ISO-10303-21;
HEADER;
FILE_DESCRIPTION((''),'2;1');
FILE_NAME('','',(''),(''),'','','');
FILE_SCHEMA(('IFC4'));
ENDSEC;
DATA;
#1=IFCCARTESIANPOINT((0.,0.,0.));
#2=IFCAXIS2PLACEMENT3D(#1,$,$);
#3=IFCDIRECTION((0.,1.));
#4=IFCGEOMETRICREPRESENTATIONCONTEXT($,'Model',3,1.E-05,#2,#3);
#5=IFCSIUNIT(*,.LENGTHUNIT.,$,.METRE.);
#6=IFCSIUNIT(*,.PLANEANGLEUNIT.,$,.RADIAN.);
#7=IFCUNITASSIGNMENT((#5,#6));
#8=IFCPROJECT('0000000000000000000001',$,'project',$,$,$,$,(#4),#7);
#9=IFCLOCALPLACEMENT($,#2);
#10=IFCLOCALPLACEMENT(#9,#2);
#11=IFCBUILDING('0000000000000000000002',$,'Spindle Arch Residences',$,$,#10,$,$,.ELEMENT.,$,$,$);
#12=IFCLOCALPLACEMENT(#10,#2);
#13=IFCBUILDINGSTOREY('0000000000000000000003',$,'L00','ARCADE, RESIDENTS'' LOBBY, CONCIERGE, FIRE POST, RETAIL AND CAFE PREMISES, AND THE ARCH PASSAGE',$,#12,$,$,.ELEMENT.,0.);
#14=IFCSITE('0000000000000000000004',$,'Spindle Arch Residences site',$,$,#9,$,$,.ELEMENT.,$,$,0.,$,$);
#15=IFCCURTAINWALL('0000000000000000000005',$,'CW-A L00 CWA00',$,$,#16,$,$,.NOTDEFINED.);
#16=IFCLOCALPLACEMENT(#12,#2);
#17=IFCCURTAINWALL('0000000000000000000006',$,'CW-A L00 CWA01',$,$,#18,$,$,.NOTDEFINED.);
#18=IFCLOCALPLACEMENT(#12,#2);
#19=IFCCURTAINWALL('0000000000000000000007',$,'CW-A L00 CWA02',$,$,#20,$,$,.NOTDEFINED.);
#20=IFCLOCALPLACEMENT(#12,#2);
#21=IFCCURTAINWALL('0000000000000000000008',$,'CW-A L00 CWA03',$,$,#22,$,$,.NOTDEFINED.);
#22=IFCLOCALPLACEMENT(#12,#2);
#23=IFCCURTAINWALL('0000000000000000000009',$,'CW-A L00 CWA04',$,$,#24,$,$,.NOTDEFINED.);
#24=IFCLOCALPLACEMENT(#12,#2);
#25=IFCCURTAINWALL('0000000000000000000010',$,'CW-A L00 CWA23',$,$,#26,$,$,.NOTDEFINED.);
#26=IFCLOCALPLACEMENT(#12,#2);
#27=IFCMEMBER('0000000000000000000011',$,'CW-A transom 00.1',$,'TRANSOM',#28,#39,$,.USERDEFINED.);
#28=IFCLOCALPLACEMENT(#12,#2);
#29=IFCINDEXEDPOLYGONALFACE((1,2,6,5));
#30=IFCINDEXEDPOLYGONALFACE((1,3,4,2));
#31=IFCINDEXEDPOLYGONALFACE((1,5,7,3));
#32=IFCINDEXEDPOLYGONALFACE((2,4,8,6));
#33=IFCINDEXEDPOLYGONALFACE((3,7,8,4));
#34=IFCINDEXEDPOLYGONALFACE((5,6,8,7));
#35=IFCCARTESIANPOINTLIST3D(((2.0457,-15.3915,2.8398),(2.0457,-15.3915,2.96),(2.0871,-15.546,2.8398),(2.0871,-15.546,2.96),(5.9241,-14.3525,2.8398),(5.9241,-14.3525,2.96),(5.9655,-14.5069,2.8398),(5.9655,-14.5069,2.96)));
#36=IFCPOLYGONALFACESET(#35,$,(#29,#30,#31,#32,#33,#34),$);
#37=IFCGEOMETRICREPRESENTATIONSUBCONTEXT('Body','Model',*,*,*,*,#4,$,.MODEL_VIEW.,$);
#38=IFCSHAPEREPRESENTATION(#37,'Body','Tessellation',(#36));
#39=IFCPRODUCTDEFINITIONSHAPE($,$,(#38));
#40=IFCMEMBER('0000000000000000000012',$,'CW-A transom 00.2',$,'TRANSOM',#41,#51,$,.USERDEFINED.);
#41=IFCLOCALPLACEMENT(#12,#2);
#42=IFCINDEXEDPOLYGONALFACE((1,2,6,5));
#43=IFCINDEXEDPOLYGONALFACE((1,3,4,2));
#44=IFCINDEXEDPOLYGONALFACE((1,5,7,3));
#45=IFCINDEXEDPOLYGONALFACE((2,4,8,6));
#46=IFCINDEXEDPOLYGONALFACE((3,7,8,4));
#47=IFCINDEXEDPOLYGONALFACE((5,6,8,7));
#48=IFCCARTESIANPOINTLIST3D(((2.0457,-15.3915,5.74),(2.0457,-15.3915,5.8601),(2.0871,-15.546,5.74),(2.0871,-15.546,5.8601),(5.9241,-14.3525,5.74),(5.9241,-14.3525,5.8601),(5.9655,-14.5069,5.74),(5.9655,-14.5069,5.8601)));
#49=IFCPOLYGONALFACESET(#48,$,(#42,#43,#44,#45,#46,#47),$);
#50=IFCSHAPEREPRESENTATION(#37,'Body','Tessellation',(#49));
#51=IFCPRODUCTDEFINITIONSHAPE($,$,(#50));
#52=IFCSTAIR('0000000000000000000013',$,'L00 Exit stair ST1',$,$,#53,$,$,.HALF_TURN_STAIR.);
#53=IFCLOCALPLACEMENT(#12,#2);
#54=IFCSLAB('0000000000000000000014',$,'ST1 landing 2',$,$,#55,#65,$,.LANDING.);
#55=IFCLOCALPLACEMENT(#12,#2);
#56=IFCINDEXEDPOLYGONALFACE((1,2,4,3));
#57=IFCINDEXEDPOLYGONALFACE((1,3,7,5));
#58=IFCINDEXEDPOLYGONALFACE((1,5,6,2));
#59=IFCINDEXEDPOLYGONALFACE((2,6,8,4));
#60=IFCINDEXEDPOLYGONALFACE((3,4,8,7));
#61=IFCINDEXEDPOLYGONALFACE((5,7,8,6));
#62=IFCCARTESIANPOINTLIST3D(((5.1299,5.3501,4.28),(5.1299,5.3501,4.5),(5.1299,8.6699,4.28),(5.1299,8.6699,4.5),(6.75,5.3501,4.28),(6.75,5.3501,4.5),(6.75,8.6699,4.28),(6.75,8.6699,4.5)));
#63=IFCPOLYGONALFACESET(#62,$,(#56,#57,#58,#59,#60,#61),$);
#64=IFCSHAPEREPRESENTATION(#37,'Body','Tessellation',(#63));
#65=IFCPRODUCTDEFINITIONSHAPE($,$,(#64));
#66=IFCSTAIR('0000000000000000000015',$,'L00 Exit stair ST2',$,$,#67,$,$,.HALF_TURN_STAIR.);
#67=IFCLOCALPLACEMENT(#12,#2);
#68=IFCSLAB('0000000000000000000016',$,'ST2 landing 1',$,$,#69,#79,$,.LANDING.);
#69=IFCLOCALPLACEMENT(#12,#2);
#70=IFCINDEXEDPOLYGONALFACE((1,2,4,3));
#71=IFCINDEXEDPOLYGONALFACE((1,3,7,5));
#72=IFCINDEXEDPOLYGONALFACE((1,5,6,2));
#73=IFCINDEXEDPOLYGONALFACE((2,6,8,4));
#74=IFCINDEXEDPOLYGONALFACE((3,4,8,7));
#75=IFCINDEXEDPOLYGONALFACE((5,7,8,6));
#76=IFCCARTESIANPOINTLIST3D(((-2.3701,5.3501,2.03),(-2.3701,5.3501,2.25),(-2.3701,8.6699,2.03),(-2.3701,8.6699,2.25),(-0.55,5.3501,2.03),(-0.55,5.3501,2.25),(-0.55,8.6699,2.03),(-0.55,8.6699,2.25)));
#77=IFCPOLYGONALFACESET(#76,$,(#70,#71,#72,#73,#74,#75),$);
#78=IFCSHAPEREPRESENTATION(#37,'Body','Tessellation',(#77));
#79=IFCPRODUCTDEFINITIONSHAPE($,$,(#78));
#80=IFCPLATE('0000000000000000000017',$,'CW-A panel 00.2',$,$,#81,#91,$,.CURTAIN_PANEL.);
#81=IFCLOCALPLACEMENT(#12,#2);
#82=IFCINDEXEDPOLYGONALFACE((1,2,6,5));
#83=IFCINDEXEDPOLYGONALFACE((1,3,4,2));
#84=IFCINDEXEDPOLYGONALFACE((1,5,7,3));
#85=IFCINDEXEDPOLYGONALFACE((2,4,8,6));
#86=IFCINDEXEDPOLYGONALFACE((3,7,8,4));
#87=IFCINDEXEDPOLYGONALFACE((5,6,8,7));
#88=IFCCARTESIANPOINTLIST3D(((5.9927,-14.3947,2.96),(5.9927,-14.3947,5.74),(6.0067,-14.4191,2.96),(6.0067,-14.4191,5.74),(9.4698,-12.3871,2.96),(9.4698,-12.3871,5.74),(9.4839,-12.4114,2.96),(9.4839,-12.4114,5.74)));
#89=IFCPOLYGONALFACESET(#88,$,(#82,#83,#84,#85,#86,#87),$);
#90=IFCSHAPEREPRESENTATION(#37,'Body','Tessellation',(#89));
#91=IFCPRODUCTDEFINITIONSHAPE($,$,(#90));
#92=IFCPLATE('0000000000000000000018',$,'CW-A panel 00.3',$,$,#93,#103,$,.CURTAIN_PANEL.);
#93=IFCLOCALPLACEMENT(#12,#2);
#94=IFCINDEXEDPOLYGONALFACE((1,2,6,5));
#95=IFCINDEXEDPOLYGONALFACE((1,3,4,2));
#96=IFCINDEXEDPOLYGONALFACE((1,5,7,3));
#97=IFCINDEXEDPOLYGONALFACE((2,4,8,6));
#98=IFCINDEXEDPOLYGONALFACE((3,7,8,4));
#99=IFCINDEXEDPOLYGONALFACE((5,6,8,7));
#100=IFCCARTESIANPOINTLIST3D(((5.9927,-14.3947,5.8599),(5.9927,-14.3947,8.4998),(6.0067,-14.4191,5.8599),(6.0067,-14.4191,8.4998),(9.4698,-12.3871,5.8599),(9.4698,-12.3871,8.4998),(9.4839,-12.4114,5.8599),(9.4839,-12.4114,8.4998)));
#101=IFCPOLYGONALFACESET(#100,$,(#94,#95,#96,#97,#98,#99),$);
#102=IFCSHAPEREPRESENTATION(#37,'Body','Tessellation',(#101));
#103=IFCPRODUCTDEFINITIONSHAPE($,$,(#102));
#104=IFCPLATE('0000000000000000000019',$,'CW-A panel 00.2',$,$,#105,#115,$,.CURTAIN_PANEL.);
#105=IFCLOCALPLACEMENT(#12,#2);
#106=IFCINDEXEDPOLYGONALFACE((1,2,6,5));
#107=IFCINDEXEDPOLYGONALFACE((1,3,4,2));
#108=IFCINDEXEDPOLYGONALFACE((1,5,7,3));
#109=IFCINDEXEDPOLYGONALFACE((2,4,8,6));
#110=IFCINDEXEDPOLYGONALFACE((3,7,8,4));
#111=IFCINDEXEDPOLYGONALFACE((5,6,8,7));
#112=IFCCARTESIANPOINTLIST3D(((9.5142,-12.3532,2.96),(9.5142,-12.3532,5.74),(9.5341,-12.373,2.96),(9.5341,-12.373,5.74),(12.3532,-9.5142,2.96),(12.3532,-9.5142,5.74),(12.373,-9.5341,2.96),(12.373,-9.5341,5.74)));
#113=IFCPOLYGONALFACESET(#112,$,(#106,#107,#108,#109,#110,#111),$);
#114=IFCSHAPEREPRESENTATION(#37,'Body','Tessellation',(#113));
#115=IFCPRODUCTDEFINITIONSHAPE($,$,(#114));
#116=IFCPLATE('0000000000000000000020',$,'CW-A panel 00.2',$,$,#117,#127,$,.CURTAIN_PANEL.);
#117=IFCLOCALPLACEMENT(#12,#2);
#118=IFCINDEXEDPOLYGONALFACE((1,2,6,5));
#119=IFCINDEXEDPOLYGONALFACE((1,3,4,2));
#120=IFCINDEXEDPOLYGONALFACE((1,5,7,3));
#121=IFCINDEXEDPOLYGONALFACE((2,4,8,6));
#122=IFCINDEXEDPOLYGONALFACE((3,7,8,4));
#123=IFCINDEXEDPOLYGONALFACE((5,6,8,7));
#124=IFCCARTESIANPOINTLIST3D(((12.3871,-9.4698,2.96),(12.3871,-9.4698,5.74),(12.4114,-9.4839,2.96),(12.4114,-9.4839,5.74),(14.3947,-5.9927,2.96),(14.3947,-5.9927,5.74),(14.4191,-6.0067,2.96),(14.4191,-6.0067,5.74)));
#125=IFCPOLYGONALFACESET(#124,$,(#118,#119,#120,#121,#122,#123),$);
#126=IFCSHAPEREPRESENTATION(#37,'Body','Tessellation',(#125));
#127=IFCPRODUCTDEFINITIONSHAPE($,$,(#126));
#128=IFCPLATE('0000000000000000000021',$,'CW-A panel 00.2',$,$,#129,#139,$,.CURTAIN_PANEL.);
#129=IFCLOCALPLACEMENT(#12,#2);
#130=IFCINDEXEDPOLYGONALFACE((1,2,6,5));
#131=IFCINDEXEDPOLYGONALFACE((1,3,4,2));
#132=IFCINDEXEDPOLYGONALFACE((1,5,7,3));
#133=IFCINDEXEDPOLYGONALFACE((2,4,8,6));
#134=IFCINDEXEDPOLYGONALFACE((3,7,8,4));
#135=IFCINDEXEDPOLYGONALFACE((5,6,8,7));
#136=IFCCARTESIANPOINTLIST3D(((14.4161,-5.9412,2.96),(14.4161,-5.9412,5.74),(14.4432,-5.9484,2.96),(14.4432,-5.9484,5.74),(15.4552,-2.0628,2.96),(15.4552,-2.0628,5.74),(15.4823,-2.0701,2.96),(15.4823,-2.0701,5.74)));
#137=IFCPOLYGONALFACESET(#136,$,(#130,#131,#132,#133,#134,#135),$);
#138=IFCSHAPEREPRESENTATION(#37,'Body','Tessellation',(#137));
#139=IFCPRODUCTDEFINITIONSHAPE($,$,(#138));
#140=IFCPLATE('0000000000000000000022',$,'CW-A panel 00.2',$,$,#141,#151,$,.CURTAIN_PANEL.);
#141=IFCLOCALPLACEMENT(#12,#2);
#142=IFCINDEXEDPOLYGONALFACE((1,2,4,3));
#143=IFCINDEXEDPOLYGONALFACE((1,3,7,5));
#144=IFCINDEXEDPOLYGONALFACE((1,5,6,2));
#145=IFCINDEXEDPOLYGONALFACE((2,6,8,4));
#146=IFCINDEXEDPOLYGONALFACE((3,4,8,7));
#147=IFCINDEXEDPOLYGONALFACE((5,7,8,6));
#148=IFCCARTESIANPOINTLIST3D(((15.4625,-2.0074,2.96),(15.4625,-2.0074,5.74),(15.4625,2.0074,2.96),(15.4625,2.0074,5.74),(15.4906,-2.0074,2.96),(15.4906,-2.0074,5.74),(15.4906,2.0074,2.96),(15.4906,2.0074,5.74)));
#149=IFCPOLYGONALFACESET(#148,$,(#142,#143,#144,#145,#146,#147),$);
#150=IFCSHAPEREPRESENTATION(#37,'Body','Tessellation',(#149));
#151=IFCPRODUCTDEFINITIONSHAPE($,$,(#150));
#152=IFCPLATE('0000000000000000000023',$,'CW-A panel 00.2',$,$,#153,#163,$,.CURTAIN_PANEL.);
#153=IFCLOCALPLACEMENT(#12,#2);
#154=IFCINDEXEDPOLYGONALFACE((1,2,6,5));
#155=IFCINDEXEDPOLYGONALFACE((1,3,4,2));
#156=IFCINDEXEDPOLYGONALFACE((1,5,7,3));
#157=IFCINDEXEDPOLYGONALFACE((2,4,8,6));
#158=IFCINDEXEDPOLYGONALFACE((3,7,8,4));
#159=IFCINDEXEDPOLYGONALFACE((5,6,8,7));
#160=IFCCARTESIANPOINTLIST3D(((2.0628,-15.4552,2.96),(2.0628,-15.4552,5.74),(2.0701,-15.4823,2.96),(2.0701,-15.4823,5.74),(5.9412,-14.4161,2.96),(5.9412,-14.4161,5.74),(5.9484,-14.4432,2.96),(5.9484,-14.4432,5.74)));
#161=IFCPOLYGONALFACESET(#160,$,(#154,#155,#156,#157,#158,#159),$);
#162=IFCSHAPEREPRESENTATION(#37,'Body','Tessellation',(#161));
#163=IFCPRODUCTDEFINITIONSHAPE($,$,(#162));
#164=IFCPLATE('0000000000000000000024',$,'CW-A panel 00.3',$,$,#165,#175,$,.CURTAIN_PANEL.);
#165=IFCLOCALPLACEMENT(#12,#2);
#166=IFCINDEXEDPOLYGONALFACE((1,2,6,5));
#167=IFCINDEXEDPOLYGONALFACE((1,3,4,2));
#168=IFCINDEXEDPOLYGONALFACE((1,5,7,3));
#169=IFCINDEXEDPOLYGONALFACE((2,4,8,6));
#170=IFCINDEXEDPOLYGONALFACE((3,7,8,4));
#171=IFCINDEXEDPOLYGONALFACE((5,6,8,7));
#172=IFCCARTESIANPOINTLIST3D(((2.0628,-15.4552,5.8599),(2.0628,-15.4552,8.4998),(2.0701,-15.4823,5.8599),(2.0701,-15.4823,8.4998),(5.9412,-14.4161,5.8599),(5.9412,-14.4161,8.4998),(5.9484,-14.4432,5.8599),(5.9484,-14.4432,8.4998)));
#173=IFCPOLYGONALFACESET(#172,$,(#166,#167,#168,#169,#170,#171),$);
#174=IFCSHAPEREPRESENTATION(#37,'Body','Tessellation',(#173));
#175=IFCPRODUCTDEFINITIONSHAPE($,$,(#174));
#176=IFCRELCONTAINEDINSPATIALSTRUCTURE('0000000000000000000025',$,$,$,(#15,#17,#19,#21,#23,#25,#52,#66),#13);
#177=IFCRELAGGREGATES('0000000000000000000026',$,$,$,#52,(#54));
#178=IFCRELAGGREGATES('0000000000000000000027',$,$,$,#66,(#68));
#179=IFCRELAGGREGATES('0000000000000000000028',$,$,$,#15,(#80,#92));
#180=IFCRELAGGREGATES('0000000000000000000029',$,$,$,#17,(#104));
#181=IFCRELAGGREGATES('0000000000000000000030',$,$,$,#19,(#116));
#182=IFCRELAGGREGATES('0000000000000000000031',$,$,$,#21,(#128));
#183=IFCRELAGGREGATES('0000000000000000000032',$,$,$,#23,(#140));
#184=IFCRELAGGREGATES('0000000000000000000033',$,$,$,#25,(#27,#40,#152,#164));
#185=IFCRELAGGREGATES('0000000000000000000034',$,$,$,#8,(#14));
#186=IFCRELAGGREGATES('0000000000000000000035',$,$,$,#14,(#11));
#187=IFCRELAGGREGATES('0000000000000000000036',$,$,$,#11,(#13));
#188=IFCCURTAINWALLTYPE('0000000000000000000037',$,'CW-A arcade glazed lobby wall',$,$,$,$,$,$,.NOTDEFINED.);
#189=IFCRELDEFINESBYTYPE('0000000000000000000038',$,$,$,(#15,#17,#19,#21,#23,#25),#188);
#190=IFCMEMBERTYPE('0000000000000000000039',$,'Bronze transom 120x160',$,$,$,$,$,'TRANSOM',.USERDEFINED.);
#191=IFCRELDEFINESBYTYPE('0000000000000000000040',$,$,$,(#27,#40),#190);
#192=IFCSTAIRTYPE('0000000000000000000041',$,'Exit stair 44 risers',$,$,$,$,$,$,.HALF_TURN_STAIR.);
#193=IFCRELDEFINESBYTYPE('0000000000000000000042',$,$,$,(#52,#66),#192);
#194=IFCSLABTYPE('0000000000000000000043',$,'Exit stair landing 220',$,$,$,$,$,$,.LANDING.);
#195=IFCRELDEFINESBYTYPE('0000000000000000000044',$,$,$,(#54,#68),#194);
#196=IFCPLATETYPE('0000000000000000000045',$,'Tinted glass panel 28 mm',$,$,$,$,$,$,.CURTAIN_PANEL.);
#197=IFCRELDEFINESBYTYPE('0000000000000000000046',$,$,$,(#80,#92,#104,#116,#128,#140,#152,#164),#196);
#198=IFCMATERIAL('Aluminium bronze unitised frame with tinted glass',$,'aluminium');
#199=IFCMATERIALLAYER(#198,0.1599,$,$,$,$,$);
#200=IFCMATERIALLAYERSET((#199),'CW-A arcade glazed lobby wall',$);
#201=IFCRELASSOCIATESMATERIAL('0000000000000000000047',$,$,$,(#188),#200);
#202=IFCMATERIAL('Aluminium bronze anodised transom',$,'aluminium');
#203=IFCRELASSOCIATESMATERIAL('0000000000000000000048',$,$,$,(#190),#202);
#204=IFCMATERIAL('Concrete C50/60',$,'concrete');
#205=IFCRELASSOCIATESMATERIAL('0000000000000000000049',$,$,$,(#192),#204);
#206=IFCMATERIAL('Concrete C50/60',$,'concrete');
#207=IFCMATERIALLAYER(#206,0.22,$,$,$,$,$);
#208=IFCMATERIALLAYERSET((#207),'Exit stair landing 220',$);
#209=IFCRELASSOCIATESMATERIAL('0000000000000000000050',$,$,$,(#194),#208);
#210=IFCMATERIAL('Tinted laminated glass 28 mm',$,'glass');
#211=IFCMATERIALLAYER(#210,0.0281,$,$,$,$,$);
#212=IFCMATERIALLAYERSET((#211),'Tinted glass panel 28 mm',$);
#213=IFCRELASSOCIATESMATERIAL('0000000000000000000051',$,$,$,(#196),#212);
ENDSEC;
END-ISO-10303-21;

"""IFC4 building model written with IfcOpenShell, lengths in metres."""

from ifc_helpers import new_model, si_unit, direction, frame, origin, origin_2d, place, context, subcontext, project, spatial, polyline, rectangle, outline, extrude, material, layer, layer_set, material_profile, profile_set, type_object, element, aggregate, save


model = new_model("IFC4")

# Units and contexts
model_context = context("Model", 3, precision=1e-05, world=origin(), true_north=direction((0.0, 1.0)))
body_context = subcontext(model_context, "Body", "Model", "MODEL_VIEW")
ifc_project = project(units=[si_unit("LENGTHUNIT", "METRE"), si_unit("PLANEANGLEUNIT", "RADIAN")], contexts=[model_context])

# Site, building, storey
site_placement = place(None, origin())
site = spatial("IfcSite", under=ifc_project, at=site_placement, Name="Spindle Arch Residences site", CompositionType="ELEMENT", RefElevation=0.0)
building_placement = place(site_placement, origin())
building = spatial("IfcBuilding", under=site, at=building_placement, Name="Spindle Arch Residences", CompositionType="ELEMENT")
storey_placement = place(building_placement, origin())
storey = spatial("IfcBuildingStorey", under=building, at=storey_placement, Name="L00", Description="ARCADE, RESIDENTS' LOBBY, CONCIERGE, FIRE POST, RETAIL AND CAFE PREMISES, AND THE ARCH PASSAGE", CompositionType="ELEMENT", Elevation=0.0)

# Curtain walls, members
ifc_material_1 = material(Name="Aluminium bronze unitised frame with tinted glass", Category="aluminium")
ifc_layer_1 = layer(ifc_material_1, 0.1599)
ifc_layer_set_1 = layer_set([ifc_layer_1], Name="CW-A arcade glazed lobby wall")
curtain_wall_type = type_object("IfcCurtainWallType", Name="CW-A arcade glazed lobby wall", PredefinedType="NOTDEFINED", material=ifc_layer_set_1)
curtain_wall_1_placement = place(storey_placement, origin())
curtain_wall_1 = element("IfcCurtainWall", 1, at=curtain_wall_1_placement, inside=storey, type_object=curtain_wall_type, Name="CW-A L00 CWA00", PredefinedType="NOTDEFINED")
ifc_material_2 = material(Name="Aluminium bronze anodised transom", Category="aluminium")
ifc_material_profile_1 = material_profile(ifc_material_2, rectangle(XDim=0.1599, YDim=0.1201, at=origin_2d()), Name="TR 120x160")
ifc_profile_set_1 = profile_set([ifc_material_profile_1], Name="Aluminium bronze anodised transom")
member_type_1 = type_object("IfcMemberType", Name="Bronze transom 120x160", ElementType="TRANSOM", PredefinedType="USERDEFINED", material=ifc_profile_set_1)
curtain_wall_2_placement = place(storey_placement, origin())
curtain_wall_2 = element("IfcCurtainWall", 2, at=curtain_wall_2_placement, inside=storey, type_object=curtain_wall_type, Name="CW-A L00 CWA01", PredefinedType="NOTDEFINED")
curtain_wall_3_placement = place(storey_placement, origin())
curtain_wall_3 = element("IfcCurtainWall", 3, at=curtain_wall_3_placement, inside=storey, type_object=curtain_wall_type, Name="CW-A L00 CWA02", PredefinedType="NOTDEFINED")
curtain_wall_4_placement = place(storey_placement, origin())
curtain_wall_4 = element("IfcCurtainWall", 4, at=curtain_wall_4_placement, inside=storey, type_object=curtain_wall_type, Name="CW-A L00 CWA03", PredefinedType="NOTDEFINED")
curtain_wall_5_placement = place(storey_placement, origin())
curtain_wall_5 = element("IfcCurtainWall", 5, at=curtain_wall_5_placement, inside=storey, type_object=curtain_wall_type, Name="CW-A L00 CWA04", PredefinedType="NOTDEFINED")
curtain_wall_6_placement = place(storey_placement, origin())
curtain_wall_6 = element("IfcCurtainWall", 6, at=curtain_wall_6_placement, inside=storey, type_object=curtain_wall_type, Name="CW-A L00 CWA23", PredefinedType="NOTDEFINED")
member_1_placement = place(storey_placement, frame((2.0664, -15.4688, 2.8999), z_axis=(0.965936, 0.258783, 0.0), x_axis=(-0.258783, 0.965936, 0.0)))
member_1 = element("IfcMember", 7, at=member_1_placement, type_object=member_type_1, Name="CW-A transom 00.1", ObjectType="TRANSOM", PredefinedType="USERDEFINED", context=body_context, shape_type="SweptSolid", body=[
    extrude(rectangle(XDim=0.1599, YDim=0.1201, at=origin_2d()), origin(), (0.0, 0.0, 1.0), 4.0151),
])
member_2_placement = place(storey_placement, frame((2.0664, -15.4688, 5.8), z_axis=(0.965936, 0.258783, 0.0), x_axis=(-0.258783, 0.965936, 0.0)))
member_2 = element("IfcMember", 8, at=member_2_placement, type_object=member_type_1, Name="CW-A transom 00.2", ObjectType="TRANSOM", PredefinedType="USERDEFINED", context=body_context, shape_type="SweptSolid", body=[
    extrude(rectangle(XDim=0.1599, YDim=0.1201, at=origin_2d()), origin(), (0.0, 0.0, 1.0), 4.0151),
])

# Stairs, slabs
ifc_material_3 = material(Name="Concrete C50/60", Category="concrete")
stair_type = type_object("IfcStairType", Name="Exit stair 44 risers", PredefinedType="HALF_TURN_STAIR", material=ifc_material_3)
stair_1_placement = place(storey_placement, origin())
stair_1 = element("IfcStair", 9, at=stair_1_placement, inside=storey, type_object=stair_type, Name="L00 Exit stair ST1", PredefinedType="HALF_TURN_STAIR")
ifc_material_4 = material(Name="Concrete C50/60", Category="concrete")
ifc_layer_2 = layer(ifc_material_4, 0.22)
ifc_layer_set_2 = layer_set([ifc_layer_2], Name="Exit stair landing 220")
slab_type = type_object("IfcSlabType", Name="Exit stair landing 220", PredefinedType="LANDING", material=ifc_layer_set_2)
slab_1_placement = place(storey_placement, frame((0.0, 0.0, 4.28)))
slab_1 = element("IfcSlab", 10, at=slab_1_placement, type_object=slab_type, Name="ST1 landing 2", PredefinedType="LANDING", context=body_context, shape_type="SweptSolid", body=[
    extrude(outline(polyline([(6.75, 8.6699), (5.1299, 8.6699), (5.1299, 5.3501), (6.75, 5.3501), (6.75, 8.6699)])), origin(), (0.0, 0.0, 1.0), 0.22),
])
aggregate(stair_1, [slab_1])
stair_2_placement = place(storey_placement, origin())
stair_2 = element("IfcStair", 11, at=stair_2_placement, inside=storey, type_object=stair_type, Name="L00 Exit stair ST2", PredefinedType="HALF_TURN_STAIR")
slab_2_placement = place(storey_placement, frame((0.0, 0.0, 2.03)))
slab_2 = element("IfcSlab", 12, at=slab_2_placement, type_object=slab_type, Name="ST2 landing 1", PredefinedType="LANDING", context=body_context, shape_type="SweptSolid", body=[
    extrude(outline(polyline([(-2.3701, 5.3501), (-0.55, 5.3501), (-0.55, 8.6699), (-2.3701, 8.6699), (-2.3701, 5.3501)])), origin(), (0.0, 0.0, 1.0), 0.22),
])
aggregate(stair_2, [slab_2])

# Plates
ifc_material_5 = material(Name="Tinted laminated glass 28 mm", Category="glass")
ifc_layer_3 = layer(ifc_material_5, 0.0281)
ifc_layer_set_3 = layer_set([ifc_layer_3], Name="Tinted glass panel 28 mm")
plate_type = type_object("IfcPlateType", Name="Tinted glass panel 28 mm", PredefinedType="CURTAIN_PANEL", material=ifc_layer_set_3)
plate_1_placement = place(storey_placement, frame((7.7383, -13.4031, 2.96), z_axis=(0.0, 0.0, 1.0), x_axis=(0.866012, 0.500023, 0.0)))
plate_1 = element("IfcPlate", 13, at=plate_1_placement, type_object=plate_type, Name="CW-A panel 00.2", PredefinedType="CURTAIN_PANEL", context=body_context, shape_type="SweptSolid", body=[
    extrude(rectangle(XDim=4.0151, YDim=0.0281, at=origin_2d()), origin(), (0.0, 0.0, 1.0), 2.78),
])
plate_2_placement = place(storey_placement, frame((7.7383, -13.4031, 5.8599), z_axis=(0.0, 0.0, 1.0), x_axis=(0.866012, 0.500023, 0.0)))
plate_2 = element("IfcPlate", 14, at=plate_2_placement, type_object=plate_type, Name="CW-A panel 00.3", PredefinedType="CURTAIN_PANEL", context=body_context, shape_type="SweptSolid", body=[
    extrude(rectangle(XDim=4.0151, YDim=0.0281, at=origin_2d()), origin(), (0.0, 0.0, 1.0), 2.6399),
])
aggregate(curtain_wall_1, [plate_1, plate_2])
plate_3_placement = place(storey_placement, frame((10.9436, -10.9436, 2.96), z_axis=(0.0, 0.0, 1.0), x_axis=(0.707107, 0.707107, 0.0)))
plate_3 = element("IfcPlate", 15, at=plate_3_placement, type_object=plate_type, Name="CW-A panel 00.2", PredefinedType="CURTAIN_PANEL", context=body_context, shape_type="SweptSolid", body=[
    extrude(rectangle(XDim=4.0149, YDim=0.0281, at=origin_2d()), origin(), (0.0, 0.0, 1.0), 2.78),
])
aggregate(curtain_wall_2, [plate_3])
plate_4_placement = place(storey_placement, frame((13.4031, -7.7383, 2.96), z_axis=(0.0, 0.0, 1.0), x_axis=(0.500023, 0.866012, 0.0)))
plate_4 = element("IfcPlate", 16, at=plate_4_placement, type_object=plate_type, Name="CW-A panel 00.2", PredefinedType="CURTAIN_PANEL", context=body_context, shape_type="SweptSolid", body=[
    extrude(rectangle(XDim=4.0151, YDim=0.0281, at=origin_2d()), origin(), (0.0, 0.0, 1.0), 2.78),
])
aggregate(curtain_wall_3, [plate_4])
plate_5_placement = place(storey_placement, frame((14.9492, -4.0056, 2.96), z_axis=(0.0, 0.0, 1.0), x_axis=(0.258786, 0.965935, 0.0)))
plate_5 = element("IfcPlate", 17, at=plate_5_placement, type_object=plate_type, Name="CW-A panel 00.2", PredefinedType="CURTAIN_PANEL", context=body_context, shape_type="SweptSolid", body=[
    extrude(rectangle(XDim=4.0151, YDim=0.0281, at=origin_2d()), origin(), (0.0, 0.0, 1.0), 2.78),
])
aggregate(curtain_wall_4, [plate_5])
plate_6_placement = place(storey_placement, frame((15.4766, 0.0, 2.96), z_axis=(0.0, 0.0, 1.0), x_axis=(0.0, 1.0, 0.0)))
plate_6 = element("IfcPlate", 18, at=plate_6_placement, type_object=plate_type, Name="CW-A panel 00.2", PredefinedType="CURTAIN_PANEL", context=body_context, shape_type="SweptSolid", body=[
    extrude(rectangle(XDim=4.0149, YDim=0.0281, at=origin_2d()), origin(), (0.0, 0.0, 1.0), 2.78),
])
aggregate(curtain_wall_5, [plate_6])
plate_7_placement = place(storey_placement, frame((4.0056, -14.9492, 2.96), z_axis=(0.0, 0.0, 1.0), x_axis=(0.965935, 0.258786, 0.0)))
plate_7 = element("IfcPlate", 19, at=plate_7_placement, type_object=plate_type, Name="CW-A panel 00.2", PredefinedType="CURTAIN_PANEL", context=body_context, shape_type="SweptSolid", body=[
    extrude(rectangle(XDim=4.0151, YDim=0.0281, at=origin_2d()), origin(), (0.0, 0.0, 1.0), 2.78),
])
plate_8_placement = place(storey_placement, frame((4.0056, -14.9492, 5.8599), z_axis=(0.0, 0.0, 1.0), x_axis=(0.965935, 0.258786, 0.0)))
plate_8 = element("IfcPlate", 20, at=plate_8_placement, type_object=plate_type, Name="CW-A panel 00.3", PredefinedType="CURTAIN_PANEL", context=body_context, shape_type="SweptSolid", body=[
    extrude(rectangle(XDim=4.0151, YDim=0.0281, at=origin_2d()), origin(), (0.0, 0.0, 1.0), 2.6399),
])
aggregate(curtain_wall_6, [member_1, member_2, plate_7, plate_8])

save(model, "model.ifc")
